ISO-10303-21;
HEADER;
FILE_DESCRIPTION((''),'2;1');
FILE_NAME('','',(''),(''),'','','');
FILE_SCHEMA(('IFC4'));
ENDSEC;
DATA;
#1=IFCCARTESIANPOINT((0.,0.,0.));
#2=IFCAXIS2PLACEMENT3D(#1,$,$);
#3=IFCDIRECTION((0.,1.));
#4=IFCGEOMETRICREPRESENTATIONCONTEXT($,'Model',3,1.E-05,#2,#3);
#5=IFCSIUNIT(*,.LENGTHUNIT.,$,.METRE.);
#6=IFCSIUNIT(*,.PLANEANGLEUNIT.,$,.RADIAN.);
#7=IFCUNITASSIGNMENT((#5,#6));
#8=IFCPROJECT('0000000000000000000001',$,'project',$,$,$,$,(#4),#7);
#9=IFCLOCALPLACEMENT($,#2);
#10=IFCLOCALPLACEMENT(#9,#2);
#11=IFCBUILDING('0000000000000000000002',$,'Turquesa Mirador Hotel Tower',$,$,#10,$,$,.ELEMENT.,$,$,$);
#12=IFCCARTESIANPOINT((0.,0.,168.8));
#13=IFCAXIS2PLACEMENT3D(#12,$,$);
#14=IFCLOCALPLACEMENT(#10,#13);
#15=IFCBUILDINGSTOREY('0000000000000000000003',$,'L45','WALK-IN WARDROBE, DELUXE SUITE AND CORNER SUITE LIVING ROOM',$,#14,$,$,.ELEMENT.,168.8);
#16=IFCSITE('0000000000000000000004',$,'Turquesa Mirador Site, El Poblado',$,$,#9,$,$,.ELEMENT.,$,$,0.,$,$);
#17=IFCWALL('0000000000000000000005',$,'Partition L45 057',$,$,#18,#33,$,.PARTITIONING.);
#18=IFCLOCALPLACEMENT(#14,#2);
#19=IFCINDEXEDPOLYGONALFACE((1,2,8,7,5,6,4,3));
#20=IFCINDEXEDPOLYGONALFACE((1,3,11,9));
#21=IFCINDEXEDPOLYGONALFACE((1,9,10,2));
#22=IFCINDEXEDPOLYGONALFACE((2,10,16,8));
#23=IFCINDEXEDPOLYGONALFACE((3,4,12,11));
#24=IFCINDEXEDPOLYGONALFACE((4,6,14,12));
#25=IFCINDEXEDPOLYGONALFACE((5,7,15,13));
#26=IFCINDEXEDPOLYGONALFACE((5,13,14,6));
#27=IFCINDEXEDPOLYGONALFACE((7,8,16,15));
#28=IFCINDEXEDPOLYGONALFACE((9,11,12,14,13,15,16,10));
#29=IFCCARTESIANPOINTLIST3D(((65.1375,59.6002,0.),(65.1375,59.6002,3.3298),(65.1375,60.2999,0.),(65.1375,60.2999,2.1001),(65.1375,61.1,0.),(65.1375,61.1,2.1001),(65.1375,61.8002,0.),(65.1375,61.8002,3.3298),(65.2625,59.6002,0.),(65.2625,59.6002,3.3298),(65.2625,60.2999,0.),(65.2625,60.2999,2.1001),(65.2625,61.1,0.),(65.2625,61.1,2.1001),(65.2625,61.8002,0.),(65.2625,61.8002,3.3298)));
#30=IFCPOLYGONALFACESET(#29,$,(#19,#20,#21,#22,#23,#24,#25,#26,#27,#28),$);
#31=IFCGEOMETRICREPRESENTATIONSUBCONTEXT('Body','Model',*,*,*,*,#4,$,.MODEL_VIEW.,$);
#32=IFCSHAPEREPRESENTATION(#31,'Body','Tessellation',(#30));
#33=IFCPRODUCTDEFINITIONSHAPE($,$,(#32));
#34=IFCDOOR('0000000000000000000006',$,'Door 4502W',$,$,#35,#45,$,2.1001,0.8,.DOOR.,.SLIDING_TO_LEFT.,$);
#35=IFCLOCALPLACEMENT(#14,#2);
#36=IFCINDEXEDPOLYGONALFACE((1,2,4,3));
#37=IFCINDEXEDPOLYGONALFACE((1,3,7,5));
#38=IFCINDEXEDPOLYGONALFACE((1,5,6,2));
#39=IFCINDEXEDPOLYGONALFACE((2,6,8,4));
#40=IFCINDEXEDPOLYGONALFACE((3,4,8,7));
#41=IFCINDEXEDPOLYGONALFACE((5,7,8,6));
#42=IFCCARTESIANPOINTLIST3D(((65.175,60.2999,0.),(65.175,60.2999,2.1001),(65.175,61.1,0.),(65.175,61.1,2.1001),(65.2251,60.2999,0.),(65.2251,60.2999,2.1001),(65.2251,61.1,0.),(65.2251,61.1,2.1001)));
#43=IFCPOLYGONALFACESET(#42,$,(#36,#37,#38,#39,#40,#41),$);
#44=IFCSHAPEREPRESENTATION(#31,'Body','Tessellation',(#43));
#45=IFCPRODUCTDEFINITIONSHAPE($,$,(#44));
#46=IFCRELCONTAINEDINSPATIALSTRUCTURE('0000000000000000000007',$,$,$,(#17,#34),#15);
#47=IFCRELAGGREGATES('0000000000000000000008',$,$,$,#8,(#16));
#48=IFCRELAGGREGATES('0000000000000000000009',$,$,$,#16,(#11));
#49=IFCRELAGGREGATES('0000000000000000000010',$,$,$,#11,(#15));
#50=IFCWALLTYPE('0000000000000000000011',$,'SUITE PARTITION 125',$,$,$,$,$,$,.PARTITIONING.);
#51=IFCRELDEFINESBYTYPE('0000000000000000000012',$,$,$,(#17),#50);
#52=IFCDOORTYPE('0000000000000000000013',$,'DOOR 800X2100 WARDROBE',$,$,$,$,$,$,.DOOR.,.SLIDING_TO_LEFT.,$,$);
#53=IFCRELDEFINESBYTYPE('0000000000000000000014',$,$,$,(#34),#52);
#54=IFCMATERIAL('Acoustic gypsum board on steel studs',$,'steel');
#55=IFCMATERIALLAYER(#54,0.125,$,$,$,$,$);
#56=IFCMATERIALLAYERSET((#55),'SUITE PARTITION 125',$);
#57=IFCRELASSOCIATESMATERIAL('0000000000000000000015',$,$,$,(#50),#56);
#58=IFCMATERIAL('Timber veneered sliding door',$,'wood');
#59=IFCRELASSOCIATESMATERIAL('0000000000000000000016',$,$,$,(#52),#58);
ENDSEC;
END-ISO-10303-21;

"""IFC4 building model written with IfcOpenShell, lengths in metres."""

from ifc_helpers import new_model, si_unit, direction, frame, frame_2d, origin, place, context, subcontext, project, spatial, rectangle, extrude, material, layer, layer_set, type_object, element, fill, save


model = new_model("IFC4")

# Units and contexts
model_context = context("Model", 3, precision=1e-05, world=origin(), true_north=direction((0.0, 1.0)))
body_context = subcontext(model_context, "Body", "Model", "MODEL_VIEW")
ifc_project = project(units=[si_unit("LENGTHUNIT", "METRE"), si_unit("PLANEANGLEUNIT", "RADIAN")], contexts=[model_context])

# Site, building, storey
site_placement = place(None, origin())
site = spatial("IfcSite", under=ifc_project, at=site_placement, Name="Turquesa Mirador Site, El Poblado", CompositionType="ELEMENT", RefElevation=0.0)
building_placement = place(site_placement, origin())
building = spatial("IfcBuilding", under=site, at=building_placement, Name="Turquesa Mirador Hotel Tower", CompositionType="ELEMENT")
storey_placement = place(building_placement, frame((0.0, 0.0, 168.8)))
storey = spatial("IfcBuildingStorey", under=building, at=storey_placement, Name="L45", Description="WALK-IN WARDROBE, DELUXE SUITE AND CORNER SUITE LIVING ROOM", CompositionType="ELEMENT", Elevation=168.8)

# Shared definitions
ifc_material_1 = material(Name="Acoustic gypsum board on steel studs", Category="steel")
ifc_layer_1 = layer(ifc_material_1, 0.125)
ifc_layer_set_1 = layer_set([ifc_layer_1], Name="SUITE PARTITION 125")
wall_type_1 = type_object("IfcWallType", Name="SUITE PARTITION 125", PredefinedType="PARTITIONING", material=ifc_layer_set_1)

# Wall, opening, door
wall_1_placement = place(storey_placement, frame((65.2, 59.6001, 0.0), z_axis=(0.0, 0.0, 1.0), x_axis=(0.0, 1.0, 0.0)))
wall_1 = element("IfcWall", 1, at=wall_1_placement, inside=storey, type_object=wall_type_1, Name="Partition L45 057", PredefinedType="PARTITIONING", context=body_context, shape_type="SweptSolid", body=[
    extrude(rectangle(XDim=2.2, YDim=0.125, at=frame_2d((1.1001, 0.0))), origin(), (0.0, 0.0, 1.0), 3.3298),
])
opening_1_placement = place(wall_1_placement, frame((0.7, 0.0, 0.0)))
opening_1 = element("IfcOpeningElement", 2, at=opening_1_placement, cuts=wall_1, PredefinedType="OPENING", context=body_context, shape_type="SweptSolid", body=[
    extrude(rectangle(XDim=0.8, YDim=2.1001, at=frame_2d((0.3999, 1.05))), frame((0.0, 0.0725, 0.0), z_axis=(0.0, -1.0, 0.0), x_axis=(1.0, 0.0, 0.0)), (0.0, 0.0, 1.0), 0.145),
])
ifc_material_2 = material(Name="Timber veneered sliding door", Category="wood")
door_type_1 = type_object("IfcDoorType", Name="DOOR 800X2100 WARDROBE", OperationType="SLIDING_TO_LEFT", PredefinedType="DOOR", material=ifc_material_2)
door_1_placement = place(opening_1_placement, origin())
door_1 = element("IfcDoor", 3, at=door_1_placement, inside=storey, type_object=door_type_1, Name="Door 4502W", OperationType="SLIDING_TO_LEFT", OverallHeight=2.1001, OverallWidth=0.8, PredefinedType="DOOR", context=body_context, shape_type="SweptSolid", body=[
    extrude(rectangle(XDim=0.8, YDim=2.1001, at=frame_2d((0.3999, 1.05))), frame((0.0, 0.0249, 0.0), z_axis=(0.0, -1.0, 0.0), x_axis=(1.0, 0.0, 0.0)), (0.0, 0.0, 1.0), 0.05),
])
fill(opening_1, door_1)

save(model, "model.ifc")
